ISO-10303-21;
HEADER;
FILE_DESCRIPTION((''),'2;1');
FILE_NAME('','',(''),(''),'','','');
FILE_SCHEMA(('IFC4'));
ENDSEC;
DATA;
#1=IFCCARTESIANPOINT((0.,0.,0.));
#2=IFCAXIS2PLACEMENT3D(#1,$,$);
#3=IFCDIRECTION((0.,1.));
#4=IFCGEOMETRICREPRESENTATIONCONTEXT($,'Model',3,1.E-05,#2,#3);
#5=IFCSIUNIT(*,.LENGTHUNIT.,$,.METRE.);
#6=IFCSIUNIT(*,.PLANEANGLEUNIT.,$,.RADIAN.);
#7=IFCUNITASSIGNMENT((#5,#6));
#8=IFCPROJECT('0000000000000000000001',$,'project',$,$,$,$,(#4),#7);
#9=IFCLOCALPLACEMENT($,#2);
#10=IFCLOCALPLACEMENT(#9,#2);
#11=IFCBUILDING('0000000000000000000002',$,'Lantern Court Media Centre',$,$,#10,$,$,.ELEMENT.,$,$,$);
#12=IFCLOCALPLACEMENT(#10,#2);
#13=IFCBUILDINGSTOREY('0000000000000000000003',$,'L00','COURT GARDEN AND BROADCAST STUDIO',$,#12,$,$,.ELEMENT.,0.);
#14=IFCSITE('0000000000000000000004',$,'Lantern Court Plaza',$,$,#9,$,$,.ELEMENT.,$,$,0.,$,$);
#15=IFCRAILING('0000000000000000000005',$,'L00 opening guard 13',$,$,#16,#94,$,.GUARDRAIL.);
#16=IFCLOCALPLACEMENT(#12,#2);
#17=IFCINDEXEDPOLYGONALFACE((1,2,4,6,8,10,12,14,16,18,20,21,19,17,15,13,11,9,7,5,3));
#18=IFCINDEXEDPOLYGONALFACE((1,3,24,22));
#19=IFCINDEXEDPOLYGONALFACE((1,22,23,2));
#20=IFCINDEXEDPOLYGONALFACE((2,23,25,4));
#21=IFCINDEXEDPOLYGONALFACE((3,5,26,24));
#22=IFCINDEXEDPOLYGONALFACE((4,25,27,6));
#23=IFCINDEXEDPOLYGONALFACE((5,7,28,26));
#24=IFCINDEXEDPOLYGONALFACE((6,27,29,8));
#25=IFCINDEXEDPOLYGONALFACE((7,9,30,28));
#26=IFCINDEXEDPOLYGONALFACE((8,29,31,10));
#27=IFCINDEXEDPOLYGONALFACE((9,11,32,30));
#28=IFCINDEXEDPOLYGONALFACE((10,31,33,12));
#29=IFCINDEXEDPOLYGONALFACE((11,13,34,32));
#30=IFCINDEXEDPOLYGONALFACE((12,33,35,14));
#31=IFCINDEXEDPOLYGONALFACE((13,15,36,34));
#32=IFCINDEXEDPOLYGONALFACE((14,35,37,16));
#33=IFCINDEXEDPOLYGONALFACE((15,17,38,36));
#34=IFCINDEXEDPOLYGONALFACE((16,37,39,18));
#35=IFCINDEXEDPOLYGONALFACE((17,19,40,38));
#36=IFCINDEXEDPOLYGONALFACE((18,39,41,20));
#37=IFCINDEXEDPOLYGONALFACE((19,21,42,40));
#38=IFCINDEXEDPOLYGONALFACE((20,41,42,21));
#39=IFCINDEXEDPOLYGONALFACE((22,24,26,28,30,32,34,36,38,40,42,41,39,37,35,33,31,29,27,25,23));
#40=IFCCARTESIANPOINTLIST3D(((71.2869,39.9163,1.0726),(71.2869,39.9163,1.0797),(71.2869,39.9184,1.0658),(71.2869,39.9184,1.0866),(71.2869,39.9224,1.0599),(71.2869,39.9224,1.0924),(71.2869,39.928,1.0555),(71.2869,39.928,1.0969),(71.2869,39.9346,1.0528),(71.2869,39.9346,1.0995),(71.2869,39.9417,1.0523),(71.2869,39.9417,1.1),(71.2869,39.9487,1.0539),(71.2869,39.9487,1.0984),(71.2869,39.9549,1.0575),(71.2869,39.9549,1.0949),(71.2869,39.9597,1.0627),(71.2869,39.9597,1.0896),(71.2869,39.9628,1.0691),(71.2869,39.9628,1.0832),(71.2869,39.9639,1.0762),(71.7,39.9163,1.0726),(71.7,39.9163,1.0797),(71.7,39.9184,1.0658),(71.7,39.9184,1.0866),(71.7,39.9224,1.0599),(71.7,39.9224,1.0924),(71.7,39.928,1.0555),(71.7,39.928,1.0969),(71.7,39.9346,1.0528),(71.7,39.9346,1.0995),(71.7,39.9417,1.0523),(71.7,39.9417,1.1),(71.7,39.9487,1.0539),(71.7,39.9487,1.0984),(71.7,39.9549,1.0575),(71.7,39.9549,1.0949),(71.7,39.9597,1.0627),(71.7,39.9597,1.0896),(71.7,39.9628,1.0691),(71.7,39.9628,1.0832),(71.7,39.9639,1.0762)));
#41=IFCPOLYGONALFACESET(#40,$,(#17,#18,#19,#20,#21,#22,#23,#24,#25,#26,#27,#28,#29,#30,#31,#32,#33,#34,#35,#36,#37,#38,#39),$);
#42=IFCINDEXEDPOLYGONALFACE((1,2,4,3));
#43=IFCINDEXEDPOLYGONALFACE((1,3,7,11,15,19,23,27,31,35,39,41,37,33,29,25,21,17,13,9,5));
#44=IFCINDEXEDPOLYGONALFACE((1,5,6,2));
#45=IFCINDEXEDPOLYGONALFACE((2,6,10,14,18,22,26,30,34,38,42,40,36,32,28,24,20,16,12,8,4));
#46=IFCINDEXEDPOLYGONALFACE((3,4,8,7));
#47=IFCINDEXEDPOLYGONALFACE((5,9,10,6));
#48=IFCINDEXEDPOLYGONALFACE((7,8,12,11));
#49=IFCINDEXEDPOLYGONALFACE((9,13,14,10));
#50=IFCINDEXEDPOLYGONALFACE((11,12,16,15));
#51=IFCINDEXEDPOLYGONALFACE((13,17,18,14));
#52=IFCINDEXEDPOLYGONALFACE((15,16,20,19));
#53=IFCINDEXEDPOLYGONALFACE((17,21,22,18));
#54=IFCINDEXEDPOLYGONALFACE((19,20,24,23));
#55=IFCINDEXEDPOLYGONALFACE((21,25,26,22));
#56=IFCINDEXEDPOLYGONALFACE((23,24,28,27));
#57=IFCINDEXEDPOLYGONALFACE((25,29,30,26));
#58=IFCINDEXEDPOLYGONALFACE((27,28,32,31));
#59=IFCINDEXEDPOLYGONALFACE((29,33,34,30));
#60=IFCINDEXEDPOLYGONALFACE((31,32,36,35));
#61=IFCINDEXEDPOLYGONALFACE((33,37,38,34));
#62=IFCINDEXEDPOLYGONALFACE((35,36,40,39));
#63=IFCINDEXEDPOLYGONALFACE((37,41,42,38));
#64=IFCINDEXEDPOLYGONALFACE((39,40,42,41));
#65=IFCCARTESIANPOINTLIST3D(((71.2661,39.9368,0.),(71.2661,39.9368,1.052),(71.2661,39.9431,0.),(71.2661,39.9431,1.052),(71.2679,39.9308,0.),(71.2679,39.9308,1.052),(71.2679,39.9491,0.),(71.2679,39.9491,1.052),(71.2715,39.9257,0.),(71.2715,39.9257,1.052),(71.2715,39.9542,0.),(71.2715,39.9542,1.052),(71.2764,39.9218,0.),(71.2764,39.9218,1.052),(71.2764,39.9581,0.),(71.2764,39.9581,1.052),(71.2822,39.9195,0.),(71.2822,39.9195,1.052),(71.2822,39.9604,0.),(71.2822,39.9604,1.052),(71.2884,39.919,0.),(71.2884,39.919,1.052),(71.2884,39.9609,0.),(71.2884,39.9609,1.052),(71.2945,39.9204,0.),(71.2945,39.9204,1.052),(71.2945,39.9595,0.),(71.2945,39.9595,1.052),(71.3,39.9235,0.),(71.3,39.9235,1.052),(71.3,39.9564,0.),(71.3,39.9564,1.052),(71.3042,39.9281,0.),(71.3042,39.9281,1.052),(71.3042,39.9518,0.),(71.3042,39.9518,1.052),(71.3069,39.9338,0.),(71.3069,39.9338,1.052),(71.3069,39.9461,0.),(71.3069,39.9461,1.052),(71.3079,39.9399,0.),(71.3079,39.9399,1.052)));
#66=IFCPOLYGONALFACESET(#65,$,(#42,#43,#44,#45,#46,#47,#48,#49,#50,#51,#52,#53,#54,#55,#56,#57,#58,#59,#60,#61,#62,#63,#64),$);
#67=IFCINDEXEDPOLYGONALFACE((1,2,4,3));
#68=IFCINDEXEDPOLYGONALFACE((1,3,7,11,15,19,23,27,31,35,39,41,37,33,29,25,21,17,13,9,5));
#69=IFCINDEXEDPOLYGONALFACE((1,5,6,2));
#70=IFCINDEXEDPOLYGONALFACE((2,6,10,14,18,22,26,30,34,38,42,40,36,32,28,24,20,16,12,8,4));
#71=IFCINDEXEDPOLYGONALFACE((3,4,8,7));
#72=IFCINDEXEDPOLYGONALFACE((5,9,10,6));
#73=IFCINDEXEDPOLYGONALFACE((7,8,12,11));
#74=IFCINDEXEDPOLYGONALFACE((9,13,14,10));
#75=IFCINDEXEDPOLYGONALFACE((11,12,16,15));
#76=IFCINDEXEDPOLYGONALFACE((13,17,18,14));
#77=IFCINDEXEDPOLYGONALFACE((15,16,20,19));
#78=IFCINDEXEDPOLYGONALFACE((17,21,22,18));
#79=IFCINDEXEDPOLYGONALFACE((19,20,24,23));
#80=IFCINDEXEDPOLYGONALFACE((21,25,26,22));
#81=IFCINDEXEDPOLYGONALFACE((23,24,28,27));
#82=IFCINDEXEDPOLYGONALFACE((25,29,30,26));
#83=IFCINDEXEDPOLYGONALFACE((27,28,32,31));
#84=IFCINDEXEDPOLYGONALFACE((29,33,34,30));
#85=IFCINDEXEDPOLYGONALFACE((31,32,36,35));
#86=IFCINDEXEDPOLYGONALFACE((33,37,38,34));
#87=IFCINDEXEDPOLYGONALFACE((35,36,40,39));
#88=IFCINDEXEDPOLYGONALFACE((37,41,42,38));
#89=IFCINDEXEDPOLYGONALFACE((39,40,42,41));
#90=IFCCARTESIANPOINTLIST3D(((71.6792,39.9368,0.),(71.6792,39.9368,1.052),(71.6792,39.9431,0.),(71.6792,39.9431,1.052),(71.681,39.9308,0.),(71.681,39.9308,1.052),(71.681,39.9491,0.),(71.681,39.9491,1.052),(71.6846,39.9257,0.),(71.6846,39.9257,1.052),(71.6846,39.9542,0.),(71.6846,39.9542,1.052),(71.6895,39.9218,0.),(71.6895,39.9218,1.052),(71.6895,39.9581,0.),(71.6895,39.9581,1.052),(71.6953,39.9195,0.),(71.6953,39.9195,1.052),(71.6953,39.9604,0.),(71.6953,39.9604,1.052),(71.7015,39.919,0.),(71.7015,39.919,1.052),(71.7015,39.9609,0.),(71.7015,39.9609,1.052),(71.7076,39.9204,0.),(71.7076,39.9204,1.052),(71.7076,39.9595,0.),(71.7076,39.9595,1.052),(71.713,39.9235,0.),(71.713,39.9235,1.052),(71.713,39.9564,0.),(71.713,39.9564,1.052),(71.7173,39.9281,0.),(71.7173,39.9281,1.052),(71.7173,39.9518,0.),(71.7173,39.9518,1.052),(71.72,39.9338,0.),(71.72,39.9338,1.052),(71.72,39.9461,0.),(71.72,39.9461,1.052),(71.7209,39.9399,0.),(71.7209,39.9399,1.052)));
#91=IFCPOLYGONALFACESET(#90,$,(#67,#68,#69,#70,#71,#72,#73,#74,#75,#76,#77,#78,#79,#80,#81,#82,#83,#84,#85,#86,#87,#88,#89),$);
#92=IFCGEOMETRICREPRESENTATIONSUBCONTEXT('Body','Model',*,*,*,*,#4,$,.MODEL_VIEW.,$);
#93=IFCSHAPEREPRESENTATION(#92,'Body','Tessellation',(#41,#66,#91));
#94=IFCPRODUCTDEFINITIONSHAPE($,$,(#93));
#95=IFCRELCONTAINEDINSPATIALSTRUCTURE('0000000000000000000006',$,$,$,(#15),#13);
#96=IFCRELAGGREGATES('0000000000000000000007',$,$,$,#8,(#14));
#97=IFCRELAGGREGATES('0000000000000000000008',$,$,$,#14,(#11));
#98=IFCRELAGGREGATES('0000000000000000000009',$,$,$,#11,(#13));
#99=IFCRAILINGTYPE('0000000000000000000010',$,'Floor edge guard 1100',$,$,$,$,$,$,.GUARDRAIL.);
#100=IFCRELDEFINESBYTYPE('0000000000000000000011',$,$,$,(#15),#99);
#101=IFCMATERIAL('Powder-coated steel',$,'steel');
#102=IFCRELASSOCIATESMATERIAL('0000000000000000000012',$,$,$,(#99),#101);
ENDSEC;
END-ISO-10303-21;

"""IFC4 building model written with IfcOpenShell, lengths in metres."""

from ifc_helpers import new_model, si_unit, direction, frame, origin, origin_2d, place, context, subcontext, project, spatial, circle, extrude, material, type_object, element, save


model = new_model("IFC4")

# Units and contexts
model_context = context("Model", 3, precision=1e-05, world=origin(), true_north=direction((0.0, 1.0)))
body_context = subcontext(model_context, "Body", "Model", "MODEL_VIEW")
ifc_project = project(units=[si_unit("LENGTHUNIT", "METRE"), si_unit("PLANEANGLEUNIT", "RADIAN")], contexts=[model_context])

# Site, building, storey
site_placement = place(None, origin())
site = spatial("IfcSite", under=ifc_project, at=site_placement, Name="Lantern Court Plaza", CompositionType="ELEMENT", RefElevation=0.0)
building_placement = place(site_placement, origin())
building = spatial("IfcBuilding", under=site, at=building_placement, Name="Lantern Court Media Centre", CompositionType="ELEMENT")
storey_placement = place(building_placement, origin())
storey = spatial("IfcBuildingStorey", under=building, at=storey_placement, Name="L00", Description="COURT GARDEN AND BROADCAST STUDIO", CompositionType="ELEMENT", Elevation=0.0)

# Railing
ifc_material_1 = material(Name="Powder-coated steel", Category="steel")
railing_type_1 = type_object("IfcRailingType", Name="Floor edge guard 1100", PredefinedType="GUARDRAIL", material=ifc_material_1)
railing_1_placement = place(storey_placement, frame((71.2869, 39.9399, 0.0)))
element("IfcRailing", 1, at=railing_1_placement, inside=storey, type_object=railing_type_1, Name="L00 opening guard 13", PredefinedType="GUARDRAIL", context=body_context, shape_type="SweptSolid", body=[
    extrude(circle(Radius=0.0239, at=origin_2d()), frame((0.0, 0.0, 1.0762), z_axis=(1.0, 0.0, 0.0), x_axis=(0.0, 1.0, 0.0)), (0.0, 0.0, 1.0), 0.4131),
    extrude(circle(Radius=0.021, at=origin_2d()), origin(), (0.0, 0.0, 1.0), 1.052),
    extrude(circle(Radius=0.021, at=origin_2d()), frame((0.4131, 0.0, 0.0)), (0.0, 0.0, 1.0), 1.052),
])

save(model, "model.ifc")
